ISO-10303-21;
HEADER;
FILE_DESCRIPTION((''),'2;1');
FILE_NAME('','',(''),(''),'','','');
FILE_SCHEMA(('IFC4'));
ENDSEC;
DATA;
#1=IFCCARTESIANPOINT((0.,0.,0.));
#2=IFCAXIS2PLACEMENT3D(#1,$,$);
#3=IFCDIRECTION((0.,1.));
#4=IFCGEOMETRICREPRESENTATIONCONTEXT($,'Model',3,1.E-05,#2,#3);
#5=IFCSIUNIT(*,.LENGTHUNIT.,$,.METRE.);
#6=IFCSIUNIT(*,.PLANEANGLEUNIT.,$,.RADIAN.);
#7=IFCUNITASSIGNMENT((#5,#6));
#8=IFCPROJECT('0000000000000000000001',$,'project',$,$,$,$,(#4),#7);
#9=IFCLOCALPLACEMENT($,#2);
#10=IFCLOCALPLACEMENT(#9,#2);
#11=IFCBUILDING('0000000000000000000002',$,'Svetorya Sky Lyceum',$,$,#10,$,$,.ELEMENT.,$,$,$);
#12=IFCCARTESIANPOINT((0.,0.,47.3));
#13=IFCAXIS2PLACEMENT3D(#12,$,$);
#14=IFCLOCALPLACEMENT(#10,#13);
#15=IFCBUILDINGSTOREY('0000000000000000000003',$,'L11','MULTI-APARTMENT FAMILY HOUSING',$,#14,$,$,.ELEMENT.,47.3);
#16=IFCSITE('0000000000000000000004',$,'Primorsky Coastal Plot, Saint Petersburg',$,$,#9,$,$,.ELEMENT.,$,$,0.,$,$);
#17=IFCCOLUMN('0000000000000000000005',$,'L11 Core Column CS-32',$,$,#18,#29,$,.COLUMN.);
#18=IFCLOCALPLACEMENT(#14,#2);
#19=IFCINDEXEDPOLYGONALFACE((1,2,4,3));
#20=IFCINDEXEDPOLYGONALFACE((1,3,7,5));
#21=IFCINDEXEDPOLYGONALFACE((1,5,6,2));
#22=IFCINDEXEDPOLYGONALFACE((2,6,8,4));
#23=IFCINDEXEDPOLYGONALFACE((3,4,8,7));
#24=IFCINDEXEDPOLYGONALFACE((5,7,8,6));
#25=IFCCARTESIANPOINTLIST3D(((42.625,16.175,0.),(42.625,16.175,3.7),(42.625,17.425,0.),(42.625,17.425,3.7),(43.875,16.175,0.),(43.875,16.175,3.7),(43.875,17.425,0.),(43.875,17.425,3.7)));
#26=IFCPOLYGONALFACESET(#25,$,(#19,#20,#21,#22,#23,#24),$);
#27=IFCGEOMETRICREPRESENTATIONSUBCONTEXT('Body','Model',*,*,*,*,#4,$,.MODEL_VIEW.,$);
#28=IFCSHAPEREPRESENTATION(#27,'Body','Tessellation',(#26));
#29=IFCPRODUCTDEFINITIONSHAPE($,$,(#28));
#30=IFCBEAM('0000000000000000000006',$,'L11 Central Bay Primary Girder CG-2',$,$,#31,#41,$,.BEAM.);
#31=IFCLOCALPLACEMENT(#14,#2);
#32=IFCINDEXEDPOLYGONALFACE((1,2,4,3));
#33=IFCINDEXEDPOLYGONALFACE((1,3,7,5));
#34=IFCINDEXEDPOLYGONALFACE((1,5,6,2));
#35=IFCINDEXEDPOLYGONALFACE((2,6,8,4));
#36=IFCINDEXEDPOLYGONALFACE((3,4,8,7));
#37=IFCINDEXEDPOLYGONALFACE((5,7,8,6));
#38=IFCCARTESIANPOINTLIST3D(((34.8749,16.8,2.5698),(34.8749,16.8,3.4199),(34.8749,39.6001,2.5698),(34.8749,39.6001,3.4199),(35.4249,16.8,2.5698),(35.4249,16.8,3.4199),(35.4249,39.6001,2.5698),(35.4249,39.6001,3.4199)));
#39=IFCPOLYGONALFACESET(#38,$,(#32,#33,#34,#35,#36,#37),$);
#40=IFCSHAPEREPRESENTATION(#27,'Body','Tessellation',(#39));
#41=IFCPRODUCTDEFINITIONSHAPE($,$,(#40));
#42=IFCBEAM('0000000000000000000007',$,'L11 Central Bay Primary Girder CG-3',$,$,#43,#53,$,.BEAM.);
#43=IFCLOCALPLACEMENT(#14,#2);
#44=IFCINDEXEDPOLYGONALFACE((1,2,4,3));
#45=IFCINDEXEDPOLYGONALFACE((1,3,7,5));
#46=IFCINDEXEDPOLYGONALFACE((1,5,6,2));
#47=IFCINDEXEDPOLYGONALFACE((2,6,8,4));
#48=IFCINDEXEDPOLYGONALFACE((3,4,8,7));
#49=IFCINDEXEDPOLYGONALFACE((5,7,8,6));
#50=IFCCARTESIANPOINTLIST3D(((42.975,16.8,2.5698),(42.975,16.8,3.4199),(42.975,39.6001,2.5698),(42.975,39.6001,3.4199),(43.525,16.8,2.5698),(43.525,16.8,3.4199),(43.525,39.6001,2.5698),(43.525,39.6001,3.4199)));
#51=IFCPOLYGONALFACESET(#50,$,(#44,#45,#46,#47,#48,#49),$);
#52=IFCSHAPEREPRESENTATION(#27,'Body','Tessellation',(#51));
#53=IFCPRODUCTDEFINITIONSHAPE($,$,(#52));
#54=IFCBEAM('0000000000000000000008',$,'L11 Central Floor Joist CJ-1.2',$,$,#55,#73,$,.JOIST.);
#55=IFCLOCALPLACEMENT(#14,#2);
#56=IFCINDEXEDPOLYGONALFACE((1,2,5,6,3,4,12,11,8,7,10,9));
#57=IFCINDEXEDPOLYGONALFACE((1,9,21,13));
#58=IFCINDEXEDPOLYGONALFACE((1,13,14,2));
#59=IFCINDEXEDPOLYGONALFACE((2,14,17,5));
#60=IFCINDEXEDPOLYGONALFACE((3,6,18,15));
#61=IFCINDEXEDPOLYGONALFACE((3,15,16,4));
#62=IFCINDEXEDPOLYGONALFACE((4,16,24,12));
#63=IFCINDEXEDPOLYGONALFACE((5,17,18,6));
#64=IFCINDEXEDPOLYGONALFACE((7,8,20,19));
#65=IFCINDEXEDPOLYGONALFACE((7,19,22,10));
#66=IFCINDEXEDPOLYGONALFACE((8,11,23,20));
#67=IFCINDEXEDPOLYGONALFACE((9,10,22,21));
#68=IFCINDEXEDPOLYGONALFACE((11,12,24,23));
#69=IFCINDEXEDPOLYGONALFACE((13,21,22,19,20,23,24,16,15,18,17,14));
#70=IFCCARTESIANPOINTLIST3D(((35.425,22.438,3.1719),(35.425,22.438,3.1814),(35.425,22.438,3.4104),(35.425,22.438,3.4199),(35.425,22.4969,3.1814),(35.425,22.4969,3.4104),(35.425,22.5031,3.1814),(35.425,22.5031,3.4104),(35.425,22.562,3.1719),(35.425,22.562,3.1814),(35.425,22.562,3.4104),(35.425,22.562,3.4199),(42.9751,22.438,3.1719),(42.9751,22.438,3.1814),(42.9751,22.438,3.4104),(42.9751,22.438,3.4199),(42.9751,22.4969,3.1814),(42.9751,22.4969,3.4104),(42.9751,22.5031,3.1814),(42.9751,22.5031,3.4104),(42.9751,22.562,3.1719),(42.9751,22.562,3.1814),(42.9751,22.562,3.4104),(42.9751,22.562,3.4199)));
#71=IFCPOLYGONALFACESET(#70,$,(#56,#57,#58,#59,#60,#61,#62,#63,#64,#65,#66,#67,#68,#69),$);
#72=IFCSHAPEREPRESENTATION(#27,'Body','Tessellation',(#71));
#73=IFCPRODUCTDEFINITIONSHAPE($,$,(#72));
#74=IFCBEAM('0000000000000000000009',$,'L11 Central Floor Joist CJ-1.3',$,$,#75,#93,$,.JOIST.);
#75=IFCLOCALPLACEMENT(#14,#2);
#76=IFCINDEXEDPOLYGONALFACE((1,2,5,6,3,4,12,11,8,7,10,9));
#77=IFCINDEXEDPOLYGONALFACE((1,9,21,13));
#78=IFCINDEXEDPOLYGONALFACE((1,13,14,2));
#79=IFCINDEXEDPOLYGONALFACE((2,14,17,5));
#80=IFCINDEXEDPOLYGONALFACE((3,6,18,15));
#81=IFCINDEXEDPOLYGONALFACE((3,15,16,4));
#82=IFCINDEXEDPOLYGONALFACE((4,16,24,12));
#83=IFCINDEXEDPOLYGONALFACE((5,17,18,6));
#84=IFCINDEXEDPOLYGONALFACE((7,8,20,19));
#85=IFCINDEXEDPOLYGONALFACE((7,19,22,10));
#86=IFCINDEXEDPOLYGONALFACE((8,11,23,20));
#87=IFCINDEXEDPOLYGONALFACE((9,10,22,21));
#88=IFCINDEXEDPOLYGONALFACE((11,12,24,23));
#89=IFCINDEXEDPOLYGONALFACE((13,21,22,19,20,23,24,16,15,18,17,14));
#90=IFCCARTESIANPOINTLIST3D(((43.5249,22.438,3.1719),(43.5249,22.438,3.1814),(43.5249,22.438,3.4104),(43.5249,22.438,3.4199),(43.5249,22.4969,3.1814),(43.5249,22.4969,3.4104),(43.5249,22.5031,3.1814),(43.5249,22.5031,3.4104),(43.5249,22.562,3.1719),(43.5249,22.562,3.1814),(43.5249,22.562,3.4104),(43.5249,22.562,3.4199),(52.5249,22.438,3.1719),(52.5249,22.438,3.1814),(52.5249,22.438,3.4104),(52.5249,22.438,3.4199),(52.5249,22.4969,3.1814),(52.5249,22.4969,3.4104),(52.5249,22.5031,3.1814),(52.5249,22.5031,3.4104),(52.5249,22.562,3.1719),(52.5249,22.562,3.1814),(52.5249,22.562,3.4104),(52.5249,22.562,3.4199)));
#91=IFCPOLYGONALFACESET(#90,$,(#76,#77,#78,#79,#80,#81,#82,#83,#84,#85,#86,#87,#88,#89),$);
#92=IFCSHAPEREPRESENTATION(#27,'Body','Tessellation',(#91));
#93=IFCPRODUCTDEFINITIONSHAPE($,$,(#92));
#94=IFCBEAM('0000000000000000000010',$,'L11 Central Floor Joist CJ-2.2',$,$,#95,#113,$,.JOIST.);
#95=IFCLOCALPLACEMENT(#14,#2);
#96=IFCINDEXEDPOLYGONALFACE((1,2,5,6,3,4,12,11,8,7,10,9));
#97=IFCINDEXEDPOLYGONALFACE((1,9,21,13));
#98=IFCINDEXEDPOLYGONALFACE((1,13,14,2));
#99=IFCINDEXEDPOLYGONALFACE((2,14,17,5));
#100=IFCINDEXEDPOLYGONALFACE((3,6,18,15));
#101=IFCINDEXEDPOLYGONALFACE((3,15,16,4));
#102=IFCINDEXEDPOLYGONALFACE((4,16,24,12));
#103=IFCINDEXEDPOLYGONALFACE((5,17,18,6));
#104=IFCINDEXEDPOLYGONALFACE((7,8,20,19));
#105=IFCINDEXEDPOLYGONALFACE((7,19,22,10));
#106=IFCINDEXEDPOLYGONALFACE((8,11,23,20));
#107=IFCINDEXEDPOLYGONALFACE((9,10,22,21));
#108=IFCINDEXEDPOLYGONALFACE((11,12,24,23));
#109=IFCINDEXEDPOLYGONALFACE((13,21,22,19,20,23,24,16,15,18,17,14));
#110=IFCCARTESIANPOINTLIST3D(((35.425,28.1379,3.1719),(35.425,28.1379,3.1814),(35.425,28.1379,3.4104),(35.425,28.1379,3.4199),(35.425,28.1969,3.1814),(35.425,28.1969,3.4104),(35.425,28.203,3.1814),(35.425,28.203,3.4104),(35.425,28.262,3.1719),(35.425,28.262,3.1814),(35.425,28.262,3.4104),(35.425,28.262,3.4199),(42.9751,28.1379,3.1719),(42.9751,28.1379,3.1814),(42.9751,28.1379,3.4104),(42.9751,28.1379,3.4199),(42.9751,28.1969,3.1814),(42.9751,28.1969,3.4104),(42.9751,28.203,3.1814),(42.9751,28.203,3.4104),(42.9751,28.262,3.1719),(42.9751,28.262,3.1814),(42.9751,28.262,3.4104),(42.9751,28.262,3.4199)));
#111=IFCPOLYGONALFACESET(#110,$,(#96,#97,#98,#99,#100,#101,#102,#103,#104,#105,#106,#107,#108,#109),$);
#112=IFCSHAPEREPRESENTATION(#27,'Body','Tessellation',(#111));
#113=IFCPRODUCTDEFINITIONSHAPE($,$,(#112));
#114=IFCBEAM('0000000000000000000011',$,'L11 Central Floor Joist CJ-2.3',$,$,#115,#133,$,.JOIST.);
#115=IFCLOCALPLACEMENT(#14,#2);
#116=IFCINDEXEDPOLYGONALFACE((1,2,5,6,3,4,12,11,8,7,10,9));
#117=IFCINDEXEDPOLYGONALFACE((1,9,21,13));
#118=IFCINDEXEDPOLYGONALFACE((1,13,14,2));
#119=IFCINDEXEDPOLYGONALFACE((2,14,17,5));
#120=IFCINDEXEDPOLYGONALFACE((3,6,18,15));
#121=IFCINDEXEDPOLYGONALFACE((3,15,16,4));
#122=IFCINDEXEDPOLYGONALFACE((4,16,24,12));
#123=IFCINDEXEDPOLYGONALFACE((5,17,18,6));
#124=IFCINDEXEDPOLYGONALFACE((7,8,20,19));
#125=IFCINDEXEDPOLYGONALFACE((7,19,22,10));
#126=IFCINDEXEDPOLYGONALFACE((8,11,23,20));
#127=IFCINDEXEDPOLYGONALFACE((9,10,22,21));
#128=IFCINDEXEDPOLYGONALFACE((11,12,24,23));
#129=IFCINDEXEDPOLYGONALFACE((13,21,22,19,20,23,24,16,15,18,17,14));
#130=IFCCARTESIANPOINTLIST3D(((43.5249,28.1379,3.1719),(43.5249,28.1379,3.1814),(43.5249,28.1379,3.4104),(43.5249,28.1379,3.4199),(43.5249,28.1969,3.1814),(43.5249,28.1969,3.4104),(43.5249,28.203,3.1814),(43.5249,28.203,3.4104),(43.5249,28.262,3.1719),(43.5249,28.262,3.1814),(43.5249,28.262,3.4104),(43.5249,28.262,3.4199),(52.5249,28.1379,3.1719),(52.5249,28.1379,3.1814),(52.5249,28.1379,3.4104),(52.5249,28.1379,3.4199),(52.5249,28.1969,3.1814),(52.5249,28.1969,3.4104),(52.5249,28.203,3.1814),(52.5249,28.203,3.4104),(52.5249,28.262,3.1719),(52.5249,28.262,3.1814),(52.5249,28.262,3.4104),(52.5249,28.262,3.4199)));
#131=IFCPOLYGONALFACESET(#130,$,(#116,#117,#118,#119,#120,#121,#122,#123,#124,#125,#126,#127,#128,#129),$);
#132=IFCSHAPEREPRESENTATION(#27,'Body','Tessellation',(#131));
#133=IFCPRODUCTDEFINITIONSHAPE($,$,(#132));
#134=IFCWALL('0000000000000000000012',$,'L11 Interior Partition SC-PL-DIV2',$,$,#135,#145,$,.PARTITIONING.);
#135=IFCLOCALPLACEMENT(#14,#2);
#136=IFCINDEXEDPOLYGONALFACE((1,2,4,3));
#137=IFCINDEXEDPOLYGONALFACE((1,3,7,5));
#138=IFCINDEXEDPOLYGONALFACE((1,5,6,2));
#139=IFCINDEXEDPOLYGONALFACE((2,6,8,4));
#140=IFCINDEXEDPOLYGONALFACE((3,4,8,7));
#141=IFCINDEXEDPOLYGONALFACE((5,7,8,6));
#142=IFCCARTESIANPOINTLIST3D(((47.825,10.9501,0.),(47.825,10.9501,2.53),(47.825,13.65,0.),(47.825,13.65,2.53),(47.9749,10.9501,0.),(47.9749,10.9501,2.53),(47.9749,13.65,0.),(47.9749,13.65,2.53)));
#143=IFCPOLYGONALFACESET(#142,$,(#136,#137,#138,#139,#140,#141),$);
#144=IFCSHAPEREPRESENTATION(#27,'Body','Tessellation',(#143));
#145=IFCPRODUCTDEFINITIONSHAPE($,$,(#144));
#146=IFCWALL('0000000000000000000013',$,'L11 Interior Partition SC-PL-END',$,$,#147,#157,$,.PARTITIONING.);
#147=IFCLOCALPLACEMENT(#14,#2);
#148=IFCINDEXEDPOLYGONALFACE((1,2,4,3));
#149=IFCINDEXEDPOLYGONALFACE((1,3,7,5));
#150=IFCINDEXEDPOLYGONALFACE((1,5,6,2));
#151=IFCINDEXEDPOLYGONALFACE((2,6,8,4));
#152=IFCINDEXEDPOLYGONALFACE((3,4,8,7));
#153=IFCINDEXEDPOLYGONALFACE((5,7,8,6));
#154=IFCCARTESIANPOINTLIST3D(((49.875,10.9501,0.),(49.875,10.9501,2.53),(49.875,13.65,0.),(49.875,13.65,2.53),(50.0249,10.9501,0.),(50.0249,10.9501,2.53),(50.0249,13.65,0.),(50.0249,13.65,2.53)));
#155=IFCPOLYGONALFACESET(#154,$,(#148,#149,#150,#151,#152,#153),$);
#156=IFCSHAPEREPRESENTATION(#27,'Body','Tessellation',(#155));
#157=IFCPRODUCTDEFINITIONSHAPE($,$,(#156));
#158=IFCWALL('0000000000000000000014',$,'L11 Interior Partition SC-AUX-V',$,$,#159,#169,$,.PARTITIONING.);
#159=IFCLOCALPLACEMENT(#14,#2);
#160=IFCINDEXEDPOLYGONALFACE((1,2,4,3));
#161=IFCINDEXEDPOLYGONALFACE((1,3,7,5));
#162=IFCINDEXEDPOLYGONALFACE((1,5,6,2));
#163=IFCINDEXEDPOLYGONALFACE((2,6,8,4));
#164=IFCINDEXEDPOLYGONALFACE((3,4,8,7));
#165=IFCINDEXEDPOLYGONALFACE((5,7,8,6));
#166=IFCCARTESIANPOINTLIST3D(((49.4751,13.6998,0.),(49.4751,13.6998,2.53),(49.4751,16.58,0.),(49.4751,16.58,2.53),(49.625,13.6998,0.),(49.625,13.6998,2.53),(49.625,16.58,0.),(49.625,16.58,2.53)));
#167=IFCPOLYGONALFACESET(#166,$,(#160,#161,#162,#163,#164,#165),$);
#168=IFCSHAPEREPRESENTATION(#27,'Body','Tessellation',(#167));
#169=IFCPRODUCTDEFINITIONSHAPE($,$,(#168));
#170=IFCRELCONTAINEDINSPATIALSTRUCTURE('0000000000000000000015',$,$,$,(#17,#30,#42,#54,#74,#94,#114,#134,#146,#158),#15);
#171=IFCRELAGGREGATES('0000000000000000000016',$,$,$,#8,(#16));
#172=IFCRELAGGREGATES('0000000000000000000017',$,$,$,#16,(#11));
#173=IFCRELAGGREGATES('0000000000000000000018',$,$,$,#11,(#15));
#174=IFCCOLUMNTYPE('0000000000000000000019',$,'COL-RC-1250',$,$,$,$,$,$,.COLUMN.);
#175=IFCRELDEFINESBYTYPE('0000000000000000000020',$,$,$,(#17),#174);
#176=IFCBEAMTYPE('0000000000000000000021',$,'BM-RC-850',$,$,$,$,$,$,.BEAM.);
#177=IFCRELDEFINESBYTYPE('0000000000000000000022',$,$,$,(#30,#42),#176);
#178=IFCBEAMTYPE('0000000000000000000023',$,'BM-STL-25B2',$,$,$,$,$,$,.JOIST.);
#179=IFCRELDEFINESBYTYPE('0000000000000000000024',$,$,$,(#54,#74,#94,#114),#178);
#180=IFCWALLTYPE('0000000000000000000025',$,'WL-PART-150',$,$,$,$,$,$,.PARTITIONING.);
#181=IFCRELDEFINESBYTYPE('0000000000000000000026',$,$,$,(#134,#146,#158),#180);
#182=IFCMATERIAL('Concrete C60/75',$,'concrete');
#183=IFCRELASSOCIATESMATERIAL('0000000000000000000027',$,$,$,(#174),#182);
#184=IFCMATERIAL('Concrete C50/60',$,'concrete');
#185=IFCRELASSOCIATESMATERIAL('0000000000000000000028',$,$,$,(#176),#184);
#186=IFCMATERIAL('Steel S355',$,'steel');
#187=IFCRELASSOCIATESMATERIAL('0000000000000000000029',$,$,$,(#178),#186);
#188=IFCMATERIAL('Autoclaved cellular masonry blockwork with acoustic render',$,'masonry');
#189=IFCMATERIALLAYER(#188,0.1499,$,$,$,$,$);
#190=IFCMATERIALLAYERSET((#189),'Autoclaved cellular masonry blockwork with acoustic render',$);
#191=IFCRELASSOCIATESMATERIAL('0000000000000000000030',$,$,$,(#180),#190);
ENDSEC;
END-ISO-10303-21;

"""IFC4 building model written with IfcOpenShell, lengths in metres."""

from ifc_helpers import new_model, si_unit, direction, frame, frame_2d, origin, origin_2d, place, context, subcontext, project, spatial, rectangle, i_section, extrude, material, layer, layer_set, material_profile, profile_set, type_object, element, save


model = new_model("IFC4")

# Units and contexts
model_context = context("Model", 3, precision=1e-05, world=origin(), true_north=direction((0.0, 1.0)))
body_context = subcontext(model_context, "Body", "Model", "MODEL_VIEW")
ifc_project = project(units=[si_unit("LENGTHUNIT", "METRE"), si_unit("PLANEANGLEUNIT", "RADIAN")], contexts=[model_context])

# Site, building, storey
site_placement = place(None, origin())
site = spatial("IfcSite", under=ifc_project, at=site_placement, Name="Primorsky Coastal Plot, Saint Petersburg", CompositionType="ELEMENT", RefElevation=0.0)
building_placement = place(site_placement, origin())
building = spatial("IfcBuilding", under=site, at=building_placement, Name="Svetorya Sky Lyceum", CompositionType="ELEMENT")
storey_placement = place(building_placement, frame((0.0, 0.0, 47.3)))
storey = spatial("IfcBuildingStorey", under=building, at=storey_placement, Name="L11", Description="MULTI-APARTMENT FAMILY HOUSING", CompositionType="ELEMENT", Elevation=47.3)

# Column
ifc_material_1 = material(Name="Concrete C60/75", Category="concrete")
ifc_material_profile_1 = material_profile(ifc_material_1, rectangle(XDim=1.25, YDim=1.25, at=origin_2d()), Name="RC COL 1250x1250")
ifc_profile_set_1 = profile_set([ifc_material_profile_1], Name="Concrete C60/75")
column_type = type_object("IfcColumnType", Name="COL-RC-1250", PredefinedType="COLUMN", material=ifc_profile_set_1)
column_placement = place(storey_placement, frame((43.25, 16.8, 0.0), z_axis=(0.0, 0.0, 1.0), x_axis=(1.0, 0.0, 0.0)))
element("IfcColumn", 1, at=column_placement, inside=storey, type_object=column_type, Name="L11 Core Column CS-32", PredefinedType="COLUMN", context=body_context, shape_type="SweptSolid", body=[
    extrude(rectangle(XDim=1.25, YDim=1.25, at=origin_2d()), origin(), (0.0, 0.0, 1.0), 3.7),
])

# Beams
ifc_material_2 = material(Name="Concrete C50/60", Category="concrete")
ifc_material_profile_2 = material_profile(ifc_material_2, rectangle(XDim=0.55, YDim=0.8501, at=origin_2d()), Name="RC BEAM 550x850")
ifc_profile_set_2 = profile_set([ifc_material_profile_2], Name="Concrete C50/60")
beam_type_1 = type_object("IfcBeamType", Name="BM-RC-850", PredefinedType="BEAM", material=ifc_profile_set_2)
for number, where, z_axis, x_axis, name in (
    (2, (35.1499, 16.8, 2.9949), (0.0, 1.0, 0.0), (-1.0, 0.0, 0.0), "L11 Central Bay Primary Girder CG-2"),
    (3, (43.25, 16.8, 2.9949), (0.0, 1.0, 0.0), (-1.0, 0.0, 0.0), "L11 Central Bay Primary Girder CG-3"),
):
    element("IfcBeam", number, at=place(storey_placement, frame(where, z_axis=z_axis, x_axis=x_axis)), inside=storey, type_object=beam_type_1, Name=name, PredefinedType="BEAM", context=body_context, shape_type="SweptSolid", body=[
        extrude(rectangle(XDim=0.55, YDim=0.8501, at=origin_2d()), origin(), (0.0, 0.0, 1.0), 22.8),
    ])
ifc_material_3 = material(Name="Steel S355", Category="steel")
ifc_material_profile_3 = material_profile(ifc_material_3, i_section(OverallWidth=0.124, OverallDepth=0.248, WebThickness=0.0061, FlangeThickness=0.0095, at=origin_2d()), Name="GOST 25B2")
ifc_profile_set_3 = profile_set([ifc_material_profile_3], Name="Steel S355")
beam_type_2 = type_object("IfcBeamType", Name="BM-STL-25B2", PredefinedType="JOIST", material=ifc_profile_set_3)
beam_1_placement = place(storey_placement, frame((35.425, 22.5, 3.2959), z_axis=(1.0, 0.0, 0.0), x_axis=(0.0, 1.0, 0.0)))
element("IfcBeam", 4, at=beam_1_placement, inside=storey, type_object=beam_type_2, Name="L11 Central Floor Joist CJ-1.2", PredefinedType="JOIST", context=body_context, shape_type="SweptSolid", body=[
    extrude(i_section(OverallWidth=0.124, OverallDepth=0.248, WebThickness=0.0061, FlangeThickness=0.0095, at=origin_2d()), origin(), (0.0, 0.0, 1.0), 7.55),
])
beam_2_placement = place(storey_placement, frame((43.5249, 22.5, 3.2959), z_axis=(1.0, 0.0, 0.0), x_axis=(0.0, 1.0, 0.0)))
element("IfcBeam", 5, at=beam_2_placement, inside=storey, type_object=beam_type_2, Name="L11 Central Floor Joist CJ-1.3", PredefinedType="JOIST", context=body_context, shape_type="SweptSolid", body=[
    extrude(i_section(OverallWidth=0.124, OverallDepth=0.248, WebThickness=0.0061, FlangeThickness=0.0095, at=origin_2d()), origin(), (0.0, 0.0, 1.0), 9.0),
])
beam_3_placement = place(storey_placement, frame((35.425, 28.2, 3.2959), z_axis=(1.0, 0.0, 0.0), x_axis=(0.0, 1.0, 0.0)))
element("IfcBeam", 6, at=beam_3_placement, inside=storey, type_object=beam_type_2, Name="L11 Central Floor Joist CJ-2.2", PredefinedType="JOIST", context=body_context, shape_type="SweptSolid", body=[
    extrude(i_section(OverallWidth=0.124, OverallDepth=0.248, WebThickness=0.0061, FlangeThickness=0.0095, at=origin_2d()), origin(), (0.0, 0.0, 1.0), 7.55),
])
beam_4_placement = place(storey_placement, frame((43.5249, 28.2, 3.2959), z_axis=(1.0, 0.0, 0.0), x_axis=(0.0, 1.0, 0.0)))
element("IfcBeam", 7, at=beam_4_placement, inside=storey, type_object=beam_type_2, Name="L11 Central Floor Joist CJ-2.3", PredefinedType="JOIST", context=body_context, shape_type="SweptSolid", body=[
    extrude(i_section(OverallWidth=0.124, OverallDepth=0.248, WebThickness=0.0061, FlangeThickness=0.0095, at=origin_2d()), origin(), (0.0, 0.0, 1.0), 9.0),
])

# Walls
ifc_material_4 = material(Name="Autoclaved cellular masonry blockwork with acoustic render", Category="masonry")
ifc_layer_1 = layer(ifc_material_4, 0.1499)
ifc_layer_set_1 = layer_set([ifc_layer_1], Name="Autoclaved cellular masonry blockwork with acoustic render")
wall_type_1 = type_object("IfcWallType", Name="WL-PART-150", PredefinedType="PARTITIONING", material=ifc_layer_set_1)
for number, where, z_axis, x_axis, name in (
    (8, (47.8999, 10.95, 0.0), (0.0, 0.0, 1.0), (0.0, 1.0, 0.0), "L11 Interior Partition SC-PL-DIV2"),
    (9, (49.95, 10.95, 0.0), (0.0, 0.0, 1.0), (0.0, 1.0, 0.0), "L11 Interior Partition SC-PL-END"),
):
    element("IfcWall", number, at=place(storey_placement, frame(where, z_axis=z_axis, x_axis=x_axis)), inside=storey, type_object=wall_type_1, Name=name, PredefinedType="PARTITIONING", context=body_context, shape_type="SweptSolid", body=[
        extrude(rectangle(XDim=2.7, YDim=0.1499, at=frame_2d((1.3501, 0.0))), origin(), (0.0, 0.0, 1.0), 2.53),
    ])
wall_1_placement = place(storey_placement, frame((49.55, 13.7, 0.0), z_axis=(0.0, 0.0, 1.0), x_axis=(0.0, 1.0, 0.0)))
element("IfcWall", 10, at=wall_1_placement, inside=storey, type_object=wall_type_1, Name="L11 Interior Partition SC-AUX-V", PredefinedType="PARTITIONING", context=body_context, shape_type="SweptSolid", body=[
    extrude(rectangle(XDim=2.8801, YDim=0.1499, at=frame_2d((1.4399, 0.0))), origin(), (0.0, 0.0, 1.0), 2.53),
])

save(model, "model.ifc")
